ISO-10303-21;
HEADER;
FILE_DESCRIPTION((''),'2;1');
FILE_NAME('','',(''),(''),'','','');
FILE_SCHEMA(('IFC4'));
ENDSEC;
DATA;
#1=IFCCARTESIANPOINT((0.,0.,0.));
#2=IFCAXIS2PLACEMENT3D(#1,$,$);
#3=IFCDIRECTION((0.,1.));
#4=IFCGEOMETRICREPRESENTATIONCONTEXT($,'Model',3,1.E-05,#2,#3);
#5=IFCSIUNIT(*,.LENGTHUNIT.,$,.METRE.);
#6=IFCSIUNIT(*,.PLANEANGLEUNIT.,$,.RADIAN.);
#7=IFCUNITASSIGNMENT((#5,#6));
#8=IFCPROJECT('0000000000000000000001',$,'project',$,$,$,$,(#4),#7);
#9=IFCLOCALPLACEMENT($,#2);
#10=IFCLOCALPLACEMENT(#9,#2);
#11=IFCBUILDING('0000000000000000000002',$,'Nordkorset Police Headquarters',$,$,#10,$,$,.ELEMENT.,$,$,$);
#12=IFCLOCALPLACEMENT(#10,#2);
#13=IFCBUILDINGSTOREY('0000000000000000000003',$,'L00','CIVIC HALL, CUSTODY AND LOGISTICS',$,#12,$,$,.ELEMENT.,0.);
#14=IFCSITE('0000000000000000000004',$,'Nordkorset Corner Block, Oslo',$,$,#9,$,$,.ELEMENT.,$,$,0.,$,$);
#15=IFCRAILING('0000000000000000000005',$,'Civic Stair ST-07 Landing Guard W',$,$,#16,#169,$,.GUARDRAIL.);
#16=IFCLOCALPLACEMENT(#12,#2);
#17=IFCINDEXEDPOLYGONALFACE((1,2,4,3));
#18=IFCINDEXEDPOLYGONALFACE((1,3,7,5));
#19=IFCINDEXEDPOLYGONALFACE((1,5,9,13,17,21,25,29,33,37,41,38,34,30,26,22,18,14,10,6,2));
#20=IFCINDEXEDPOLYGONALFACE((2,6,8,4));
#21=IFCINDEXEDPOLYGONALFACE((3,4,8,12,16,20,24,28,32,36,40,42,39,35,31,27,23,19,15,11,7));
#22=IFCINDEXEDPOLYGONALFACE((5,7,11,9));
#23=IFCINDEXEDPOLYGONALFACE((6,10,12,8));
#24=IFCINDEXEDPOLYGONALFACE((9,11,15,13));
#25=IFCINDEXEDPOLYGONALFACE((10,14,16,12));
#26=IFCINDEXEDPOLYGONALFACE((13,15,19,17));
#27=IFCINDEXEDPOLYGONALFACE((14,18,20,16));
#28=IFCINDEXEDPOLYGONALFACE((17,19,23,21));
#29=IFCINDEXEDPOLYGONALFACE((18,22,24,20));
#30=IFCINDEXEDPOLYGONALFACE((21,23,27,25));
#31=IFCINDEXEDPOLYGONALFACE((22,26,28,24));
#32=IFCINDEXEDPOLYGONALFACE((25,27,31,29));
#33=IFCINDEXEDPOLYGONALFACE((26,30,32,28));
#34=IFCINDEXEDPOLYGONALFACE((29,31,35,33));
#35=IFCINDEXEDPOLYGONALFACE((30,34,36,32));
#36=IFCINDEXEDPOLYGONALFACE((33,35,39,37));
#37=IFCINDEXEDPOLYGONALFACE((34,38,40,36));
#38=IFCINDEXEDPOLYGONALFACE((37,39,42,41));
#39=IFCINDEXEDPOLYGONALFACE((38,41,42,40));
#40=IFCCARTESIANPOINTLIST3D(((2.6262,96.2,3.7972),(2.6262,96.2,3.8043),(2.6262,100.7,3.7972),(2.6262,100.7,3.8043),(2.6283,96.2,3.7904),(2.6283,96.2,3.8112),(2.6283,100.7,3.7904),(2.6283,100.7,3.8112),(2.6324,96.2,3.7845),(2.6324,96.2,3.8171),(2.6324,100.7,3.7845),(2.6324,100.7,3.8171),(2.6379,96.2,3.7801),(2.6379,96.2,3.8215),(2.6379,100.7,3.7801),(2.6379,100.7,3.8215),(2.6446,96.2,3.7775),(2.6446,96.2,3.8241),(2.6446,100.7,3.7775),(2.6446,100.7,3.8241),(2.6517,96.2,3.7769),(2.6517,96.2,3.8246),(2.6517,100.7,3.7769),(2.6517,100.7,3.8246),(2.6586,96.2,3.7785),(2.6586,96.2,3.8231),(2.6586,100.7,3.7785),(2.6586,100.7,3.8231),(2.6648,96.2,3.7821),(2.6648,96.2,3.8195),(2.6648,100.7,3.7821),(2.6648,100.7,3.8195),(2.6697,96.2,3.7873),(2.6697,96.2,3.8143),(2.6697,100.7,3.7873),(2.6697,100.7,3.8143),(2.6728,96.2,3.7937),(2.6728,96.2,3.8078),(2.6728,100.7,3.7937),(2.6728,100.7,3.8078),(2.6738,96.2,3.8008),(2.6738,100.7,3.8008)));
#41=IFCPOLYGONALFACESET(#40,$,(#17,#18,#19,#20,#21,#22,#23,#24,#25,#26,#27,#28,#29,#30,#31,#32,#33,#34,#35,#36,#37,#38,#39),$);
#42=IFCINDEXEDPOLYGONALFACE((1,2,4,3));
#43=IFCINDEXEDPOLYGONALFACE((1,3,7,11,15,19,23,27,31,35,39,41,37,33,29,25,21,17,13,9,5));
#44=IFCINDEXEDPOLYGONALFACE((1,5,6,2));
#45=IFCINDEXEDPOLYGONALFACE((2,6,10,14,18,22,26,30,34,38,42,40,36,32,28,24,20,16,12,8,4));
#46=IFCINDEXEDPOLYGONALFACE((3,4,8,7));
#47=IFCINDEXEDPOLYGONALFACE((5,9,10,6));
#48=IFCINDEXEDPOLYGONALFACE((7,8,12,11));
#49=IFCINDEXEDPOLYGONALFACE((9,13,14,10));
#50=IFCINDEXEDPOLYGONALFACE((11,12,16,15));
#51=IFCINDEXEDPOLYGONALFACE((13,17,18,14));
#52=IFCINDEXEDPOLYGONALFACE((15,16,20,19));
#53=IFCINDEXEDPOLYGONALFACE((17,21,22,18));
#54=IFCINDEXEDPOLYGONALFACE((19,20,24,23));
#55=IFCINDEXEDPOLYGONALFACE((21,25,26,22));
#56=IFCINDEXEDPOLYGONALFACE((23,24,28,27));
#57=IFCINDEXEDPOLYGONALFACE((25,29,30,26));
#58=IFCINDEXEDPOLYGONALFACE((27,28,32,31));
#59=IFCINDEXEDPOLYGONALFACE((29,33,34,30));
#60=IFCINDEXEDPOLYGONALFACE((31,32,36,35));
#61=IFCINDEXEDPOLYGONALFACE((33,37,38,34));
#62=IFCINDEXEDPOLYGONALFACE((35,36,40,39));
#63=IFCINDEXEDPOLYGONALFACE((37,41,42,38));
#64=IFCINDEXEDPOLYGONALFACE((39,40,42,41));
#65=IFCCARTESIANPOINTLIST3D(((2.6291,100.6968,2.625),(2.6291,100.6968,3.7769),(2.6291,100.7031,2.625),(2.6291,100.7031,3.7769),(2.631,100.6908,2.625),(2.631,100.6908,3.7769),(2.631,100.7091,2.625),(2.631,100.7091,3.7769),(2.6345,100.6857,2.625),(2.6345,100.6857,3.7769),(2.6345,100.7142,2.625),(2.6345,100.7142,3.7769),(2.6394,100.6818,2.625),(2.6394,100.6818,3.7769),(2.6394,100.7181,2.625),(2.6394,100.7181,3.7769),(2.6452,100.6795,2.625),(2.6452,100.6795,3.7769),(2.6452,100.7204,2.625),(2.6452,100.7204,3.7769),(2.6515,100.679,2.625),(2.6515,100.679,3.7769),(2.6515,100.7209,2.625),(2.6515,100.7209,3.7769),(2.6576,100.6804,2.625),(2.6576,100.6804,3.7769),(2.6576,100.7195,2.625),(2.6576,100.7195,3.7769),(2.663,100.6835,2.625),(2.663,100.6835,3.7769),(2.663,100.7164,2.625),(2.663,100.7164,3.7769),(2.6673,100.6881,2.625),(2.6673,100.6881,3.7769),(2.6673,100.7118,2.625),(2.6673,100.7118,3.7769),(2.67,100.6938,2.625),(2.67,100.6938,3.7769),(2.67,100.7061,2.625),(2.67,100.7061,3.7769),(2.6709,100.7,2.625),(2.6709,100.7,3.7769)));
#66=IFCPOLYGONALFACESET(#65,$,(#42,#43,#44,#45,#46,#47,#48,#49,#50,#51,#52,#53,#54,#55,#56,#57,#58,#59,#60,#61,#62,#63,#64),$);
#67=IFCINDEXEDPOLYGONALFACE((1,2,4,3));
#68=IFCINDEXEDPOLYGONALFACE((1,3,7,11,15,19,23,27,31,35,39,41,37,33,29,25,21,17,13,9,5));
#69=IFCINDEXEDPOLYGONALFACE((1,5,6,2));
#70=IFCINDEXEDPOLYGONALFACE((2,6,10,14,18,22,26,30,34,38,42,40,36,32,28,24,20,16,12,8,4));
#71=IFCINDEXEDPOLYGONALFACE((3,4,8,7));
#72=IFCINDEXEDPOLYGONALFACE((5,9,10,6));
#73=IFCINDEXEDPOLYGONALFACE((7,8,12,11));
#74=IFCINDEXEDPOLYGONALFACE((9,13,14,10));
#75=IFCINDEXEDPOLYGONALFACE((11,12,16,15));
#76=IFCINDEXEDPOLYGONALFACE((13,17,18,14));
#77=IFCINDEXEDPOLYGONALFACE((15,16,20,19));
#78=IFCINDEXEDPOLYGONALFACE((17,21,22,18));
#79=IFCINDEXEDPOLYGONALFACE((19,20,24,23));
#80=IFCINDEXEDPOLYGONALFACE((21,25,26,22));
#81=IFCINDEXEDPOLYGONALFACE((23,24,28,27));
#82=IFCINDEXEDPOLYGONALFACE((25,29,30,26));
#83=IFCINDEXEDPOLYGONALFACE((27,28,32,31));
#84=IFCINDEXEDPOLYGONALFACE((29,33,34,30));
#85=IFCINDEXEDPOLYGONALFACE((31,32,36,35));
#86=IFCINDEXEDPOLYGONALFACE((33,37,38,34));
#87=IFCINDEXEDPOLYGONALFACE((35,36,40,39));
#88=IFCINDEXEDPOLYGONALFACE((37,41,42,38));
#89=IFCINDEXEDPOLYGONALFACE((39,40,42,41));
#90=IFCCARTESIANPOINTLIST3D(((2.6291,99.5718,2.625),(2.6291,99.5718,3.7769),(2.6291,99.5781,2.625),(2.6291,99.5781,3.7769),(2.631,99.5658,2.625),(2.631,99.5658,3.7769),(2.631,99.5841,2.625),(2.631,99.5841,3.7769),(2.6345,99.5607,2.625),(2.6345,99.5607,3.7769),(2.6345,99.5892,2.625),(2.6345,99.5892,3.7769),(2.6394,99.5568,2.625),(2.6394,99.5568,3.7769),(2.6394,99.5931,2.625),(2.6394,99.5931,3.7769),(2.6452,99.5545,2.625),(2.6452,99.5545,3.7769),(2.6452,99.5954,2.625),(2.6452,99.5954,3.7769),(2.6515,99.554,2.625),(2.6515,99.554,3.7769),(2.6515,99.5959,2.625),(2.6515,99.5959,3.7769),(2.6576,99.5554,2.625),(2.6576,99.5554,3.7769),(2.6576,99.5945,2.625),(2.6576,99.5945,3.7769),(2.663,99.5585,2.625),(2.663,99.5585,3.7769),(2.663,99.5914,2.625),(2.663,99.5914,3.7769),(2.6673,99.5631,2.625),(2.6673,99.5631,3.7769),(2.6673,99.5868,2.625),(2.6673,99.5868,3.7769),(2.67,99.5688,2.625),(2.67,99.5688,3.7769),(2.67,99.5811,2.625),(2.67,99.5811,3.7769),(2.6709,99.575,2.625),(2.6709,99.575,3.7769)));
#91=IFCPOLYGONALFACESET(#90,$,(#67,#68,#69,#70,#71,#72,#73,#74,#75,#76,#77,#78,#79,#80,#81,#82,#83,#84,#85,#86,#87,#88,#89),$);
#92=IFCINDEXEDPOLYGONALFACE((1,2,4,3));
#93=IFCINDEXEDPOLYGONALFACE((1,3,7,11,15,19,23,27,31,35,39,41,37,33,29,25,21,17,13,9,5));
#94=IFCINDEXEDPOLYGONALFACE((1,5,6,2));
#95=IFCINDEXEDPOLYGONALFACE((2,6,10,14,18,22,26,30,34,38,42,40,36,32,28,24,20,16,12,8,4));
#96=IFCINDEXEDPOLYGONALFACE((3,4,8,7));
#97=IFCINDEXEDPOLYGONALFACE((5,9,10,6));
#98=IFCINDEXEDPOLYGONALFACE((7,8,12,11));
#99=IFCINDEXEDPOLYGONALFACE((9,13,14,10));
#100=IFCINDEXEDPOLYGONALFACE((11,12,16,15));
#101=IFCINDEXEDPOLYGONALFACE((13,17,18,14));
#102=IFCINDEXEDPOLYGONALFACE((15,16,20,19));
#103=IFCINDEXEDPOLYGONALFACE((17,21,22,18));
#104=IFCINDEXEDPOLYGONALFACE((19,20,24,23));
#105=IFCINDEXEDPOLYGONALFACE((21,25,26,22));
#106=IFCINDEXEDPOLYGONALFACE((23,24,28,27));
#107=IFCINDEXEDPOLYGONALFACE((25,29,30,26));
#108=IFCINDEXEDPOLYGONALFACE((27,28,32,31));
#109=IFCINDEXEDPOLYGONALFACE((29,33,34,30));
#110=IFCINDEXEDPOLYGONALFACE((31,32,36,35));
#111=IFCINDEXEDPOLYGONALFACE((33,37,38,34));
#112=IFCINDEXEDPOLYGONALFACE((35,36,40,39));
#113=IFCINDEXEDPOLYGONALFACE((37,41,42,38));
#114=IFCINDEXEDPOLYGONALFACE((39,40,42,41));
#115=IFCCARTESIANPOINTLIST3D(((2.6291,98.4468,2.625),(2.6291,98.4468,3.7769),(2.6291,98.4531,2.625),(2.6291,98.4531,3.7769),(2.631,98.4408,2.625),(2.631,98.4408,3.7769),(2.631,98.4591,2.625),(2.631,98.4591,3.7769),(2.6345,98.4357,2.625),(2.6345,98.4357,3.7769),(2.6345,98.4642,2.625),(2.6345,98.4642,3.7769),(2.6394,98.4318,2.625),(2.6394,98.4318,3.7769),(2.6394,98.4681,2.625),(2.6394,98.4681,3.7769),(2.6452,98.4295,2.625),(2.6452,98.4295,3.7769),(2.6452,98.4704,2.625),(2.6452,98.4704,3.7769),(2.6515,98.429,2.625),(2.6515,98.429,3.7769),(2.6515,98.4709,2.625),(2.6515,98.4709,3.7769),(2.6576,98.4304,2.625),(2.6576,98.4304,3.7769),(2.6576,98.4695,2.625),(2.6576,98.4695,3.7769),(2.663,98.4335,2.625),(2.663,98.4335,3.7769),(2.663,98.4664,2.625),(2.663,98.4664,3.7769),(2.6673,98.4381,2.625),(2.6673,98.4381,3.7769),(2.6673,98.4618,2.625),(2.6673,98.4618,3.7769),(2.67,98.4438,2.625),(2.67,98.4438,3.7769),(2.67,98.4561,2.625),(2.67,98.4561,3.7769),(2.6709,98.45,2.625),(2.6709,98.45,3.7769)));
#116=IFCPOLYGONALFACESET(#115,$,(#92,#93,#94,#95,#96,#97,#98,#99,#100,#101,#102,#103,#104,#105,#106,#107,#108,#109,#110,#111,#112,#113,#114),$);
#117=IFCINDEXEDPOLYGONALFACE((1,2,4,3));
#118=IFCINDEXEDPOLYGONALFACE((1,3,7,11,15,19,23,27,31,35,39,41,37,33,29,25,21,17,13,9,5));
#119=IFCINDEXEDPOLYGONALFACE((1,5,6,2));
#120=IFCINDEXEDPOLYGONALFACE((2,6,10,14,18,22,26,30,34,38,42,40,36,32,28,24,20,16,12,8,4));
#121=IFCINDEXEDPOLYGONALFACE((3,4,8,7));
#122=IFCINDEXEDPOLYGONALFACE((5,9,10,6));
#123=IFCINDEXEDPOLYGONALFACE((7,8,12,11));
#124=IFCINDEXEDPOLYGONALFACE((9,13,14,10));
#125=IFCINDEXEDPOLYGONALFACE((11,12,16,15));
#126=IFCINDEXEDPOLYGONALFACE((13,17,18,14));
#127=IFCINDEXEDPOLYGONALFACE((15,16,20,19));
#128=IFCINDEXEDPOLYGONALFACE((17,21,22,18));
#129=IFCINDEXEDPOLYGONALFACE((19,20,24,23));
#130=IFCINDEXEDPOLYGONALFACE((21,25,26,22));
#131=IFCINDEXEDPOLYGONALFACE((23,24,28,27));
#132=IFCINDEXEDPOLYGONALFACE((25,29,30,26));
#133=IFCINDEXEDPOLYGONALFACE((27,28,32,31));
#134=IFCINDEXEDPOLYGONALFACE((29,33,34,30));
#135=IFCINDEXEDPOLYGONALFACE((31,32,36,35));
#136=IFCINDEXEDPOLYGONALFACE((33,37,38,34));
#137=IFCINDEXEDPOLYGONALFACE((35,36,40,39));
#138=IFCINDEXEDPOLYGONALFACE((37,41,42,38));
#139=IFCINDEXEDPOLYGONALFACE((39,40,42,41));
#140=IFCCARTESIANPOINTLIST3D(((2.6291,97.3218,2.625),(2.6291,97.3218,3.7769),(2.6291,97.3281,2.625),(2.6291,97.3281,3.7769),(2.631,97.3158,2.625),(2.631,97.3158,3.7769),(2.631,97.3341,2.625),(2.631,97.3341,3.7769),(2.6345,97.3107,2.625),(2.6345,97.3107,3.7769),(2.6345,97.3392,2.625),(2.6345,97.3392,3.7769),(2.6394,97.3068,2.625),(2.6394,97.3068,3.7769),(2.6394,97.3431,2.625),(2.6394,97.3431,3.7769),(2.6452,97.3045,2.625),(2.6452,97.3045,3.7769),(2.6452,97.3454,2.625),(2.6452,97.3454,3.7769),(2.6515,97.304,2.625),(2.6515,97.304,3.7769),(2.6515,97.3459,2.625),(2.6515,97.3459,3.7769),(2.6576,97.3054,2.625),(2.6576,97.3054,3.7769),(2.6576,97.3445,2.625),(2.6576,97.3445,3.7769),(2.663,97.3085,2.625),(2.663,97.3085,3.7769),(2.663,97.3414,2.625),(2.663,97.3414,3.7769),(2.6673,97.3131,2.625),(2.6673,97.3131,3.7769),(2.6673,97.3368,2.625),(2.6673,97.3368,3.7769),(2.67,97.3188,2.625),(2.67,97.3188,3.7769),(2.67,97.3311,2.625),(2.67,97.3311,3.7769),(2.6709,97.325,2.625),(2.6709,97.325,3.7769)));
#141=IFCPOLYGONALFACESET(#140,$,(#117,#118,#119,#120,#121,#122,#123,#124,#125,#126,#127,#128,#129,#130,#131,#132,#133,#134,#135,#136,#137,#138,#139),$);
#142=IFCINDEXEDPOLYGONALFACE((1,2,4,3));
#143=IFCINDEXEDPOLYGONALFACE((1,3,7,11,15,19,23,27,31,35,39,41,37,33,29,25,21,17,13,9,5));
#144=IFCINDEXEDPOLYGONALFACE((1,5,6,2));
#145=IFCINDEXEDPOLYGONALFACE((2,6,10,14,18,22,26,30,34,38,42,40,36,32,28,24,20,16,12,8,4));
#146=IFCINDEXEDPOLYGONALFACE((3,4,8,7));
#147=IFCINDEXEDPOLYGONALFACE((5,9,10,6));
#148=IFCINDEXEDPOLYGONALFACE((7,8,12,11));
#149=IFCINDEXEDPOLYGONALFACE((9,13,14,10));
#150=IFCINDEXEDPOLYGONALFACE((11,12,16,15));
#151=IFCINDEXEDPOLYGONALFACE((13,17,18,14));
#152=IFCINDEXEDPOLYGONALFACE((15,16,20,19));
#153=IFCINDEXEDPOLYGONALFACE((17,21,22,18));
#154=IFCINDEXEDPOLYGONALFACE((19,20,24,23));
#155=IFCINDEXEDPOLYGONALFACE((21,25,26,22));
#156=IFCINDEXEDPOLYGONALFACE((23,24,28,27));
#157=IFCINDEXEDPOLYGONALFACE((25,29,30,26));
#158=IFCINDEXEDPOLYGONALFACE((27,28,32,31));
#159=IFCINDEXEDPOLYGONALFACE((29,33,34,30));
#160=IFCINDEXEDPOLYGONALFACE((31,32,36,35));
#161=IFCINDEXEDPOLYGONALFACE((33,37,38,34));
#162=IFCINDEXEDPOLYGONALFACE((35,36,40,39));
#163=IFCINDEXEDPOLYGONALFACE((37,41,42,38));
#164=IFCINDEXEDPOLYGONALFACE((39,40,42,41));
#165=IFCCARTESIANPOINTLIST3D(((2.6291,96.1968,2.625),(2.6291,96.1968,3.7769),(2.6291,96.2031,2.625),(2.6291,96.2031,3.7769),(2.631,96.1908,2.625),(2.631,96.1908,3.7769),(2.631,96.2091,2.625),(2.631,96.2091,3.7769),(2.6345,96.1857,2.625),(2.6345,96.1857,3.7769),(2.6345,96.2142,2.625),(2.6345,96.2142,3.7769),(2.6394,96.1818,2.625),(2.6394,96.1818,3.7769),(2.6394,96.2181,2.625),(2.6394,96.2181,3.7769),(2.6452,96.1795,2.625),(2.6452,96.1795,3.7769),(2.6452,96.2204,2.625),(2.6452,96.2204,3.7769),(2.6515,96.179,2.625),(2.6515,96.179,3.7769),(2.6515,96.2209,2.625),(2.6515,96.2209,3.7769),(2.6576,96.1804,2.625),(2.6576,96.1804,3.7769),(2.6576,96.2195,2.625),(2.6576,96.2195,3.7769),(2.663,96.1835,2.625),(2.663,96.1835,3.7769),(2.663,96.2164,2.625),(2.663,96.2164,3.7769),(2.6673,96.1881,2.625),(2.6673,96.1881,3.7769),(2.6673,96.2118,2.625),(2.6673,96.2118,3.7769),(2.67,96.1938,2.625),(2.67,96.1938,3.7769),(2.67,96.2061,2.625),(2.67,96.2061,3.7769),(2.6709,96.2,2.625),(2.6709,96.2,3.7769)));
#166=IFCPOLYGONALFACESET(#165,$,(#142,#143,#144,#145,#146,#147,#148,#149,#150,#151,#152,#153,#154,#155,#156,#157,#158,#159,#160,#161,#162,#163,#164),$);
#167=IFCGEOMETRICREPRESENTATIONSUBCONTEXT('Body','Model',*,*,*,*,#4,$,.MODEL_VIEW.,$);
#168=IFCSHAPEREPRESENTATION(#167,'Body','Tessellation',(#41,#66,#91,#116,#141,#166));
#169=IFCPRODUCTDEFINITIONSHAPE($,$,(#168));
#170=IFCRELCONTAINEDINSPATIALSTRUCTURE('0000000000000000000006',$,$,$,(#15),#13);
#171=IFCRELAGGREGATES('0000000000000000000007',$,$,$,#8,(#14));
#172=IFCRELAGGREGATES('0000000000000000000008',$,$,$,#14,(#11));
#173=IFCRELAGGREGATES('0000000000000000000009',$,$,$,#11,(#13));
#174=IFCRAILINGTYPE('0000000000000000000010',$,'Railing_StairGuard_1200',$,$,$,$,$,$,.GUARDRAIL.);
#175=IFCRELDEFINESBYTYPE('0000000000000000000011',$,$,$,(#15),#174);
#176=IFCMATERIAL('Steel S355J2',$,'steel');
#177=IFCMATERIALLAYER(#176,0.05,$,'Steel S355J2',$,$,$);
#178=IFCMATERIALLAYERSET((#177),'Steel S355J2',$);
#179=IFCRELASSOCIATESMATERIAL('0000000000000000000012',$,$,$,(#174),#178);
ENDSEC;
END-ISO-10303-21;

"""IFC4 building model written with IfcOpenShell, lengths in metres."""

from ifc_helpers import new_model, si_unit, direction, frame, origin, origin_2d, place, context, subcontext, project, spatial, circle, extrude, material, layer, layer_set, type_object, element, save


model = new_model("IFC4")

# Units and contexts
model_context = context("Model", 3, precision=1e-05, world=origin(), true_north=direction((0.0, 1.0)))
body_context = subcontext(model_context, "Body", "Model", "MODEL_VIEW")
ifc_project = project(units=[si_unit("LENGTHUNIT", "METRE"), si_unit("PLANEANGLEUNIT", "RADIAN")], contexts=[model_context])

# Site, building, storey
site_placement = place(None, origin())
site = spatial("IfcSite", under=ifc_project, at=site_placement, Name="Nordkorset Corner Block, Oslo", CompositionType="ELEMENT", RefElevation=0.0)
building_placement = place(site_placement, origin())
building = spatial("IfcBuilding", under=site, at=building_placement, Name="Nordkorset Police Headquarters", CompositionType="ELEMENT")
storey_placement = place(building_placement, origin())
storey = spatial("IfcBuildingStorey", under=building, at=storey_placement, Name="L00", Description="CIVIC HALL, CUSTODY AND LOGISTICS", CompositionType="ELEMENT", Elevation=0.0)

# Railing
ifc_material_1 = material(Name="Steel S355J2", Category="steel")
ifc_layer_1 = layer(ifc_material_1, 0.05, Name="Steel S355J2")
ifc_layer_set_1 = layer_set([ifc_layer_1], Name="Steel S355J2")
railing_type = type_object("IfcRailingType", Name="Railing_StairGuard_1200", PredefinedType="GUARDRAIL", material=ifc_layer_set_1)
railing_1_placement = place(storey_placement, frame((2.6499, 100.7, 2.625)))
element("IfcRailing", 1, at=railing_1_placement, inside=storey, type_object=railing_type, Name="Civic Stair ST-07 Landing Guard W", PredefinedType="GUARDRAIL", context=body_context, shape_type="SweptSolid", body=[
    extrude(circle(Radius=0.0239, at=origin_2d()), frame((0.0, 0.0, 1.1758), z_axis=(0.0, -1.0, 0.0), x_axis=(1.0, 0.0, 0.0)), (0.0, 0.0, 1.0), 4.5),
    extrude(circle(Radius=0.021, at=origin_2d()), origin(), (0.0, 0.0, 1.0), 1.1519),
    extrude(circle(Radius=0.021, at=origin_2d()), frame((0.0, -1.125, 0.0)), (0.0, 0.0, 1.0), 1.1519),
    extrude(circle(Radius=0.021, at=origin_2d()), frame((0.0, -2.25, 0.0)), (0.0, 0.0, 1.0), 1.1519),
    extrude(circle(Radius=0.021, at=origin_2d()), frame((0.0, -3.375, 0.0)), (0.0, 0.0, 1.0), 1.1519),
    extrude(circle(Radius=0.021, at=origin_2d()), frame((0.0, -4.5, 0.0)), (0.0, 0.0, 1.0), 1.1519),
])

save(model, "model.ifc")
